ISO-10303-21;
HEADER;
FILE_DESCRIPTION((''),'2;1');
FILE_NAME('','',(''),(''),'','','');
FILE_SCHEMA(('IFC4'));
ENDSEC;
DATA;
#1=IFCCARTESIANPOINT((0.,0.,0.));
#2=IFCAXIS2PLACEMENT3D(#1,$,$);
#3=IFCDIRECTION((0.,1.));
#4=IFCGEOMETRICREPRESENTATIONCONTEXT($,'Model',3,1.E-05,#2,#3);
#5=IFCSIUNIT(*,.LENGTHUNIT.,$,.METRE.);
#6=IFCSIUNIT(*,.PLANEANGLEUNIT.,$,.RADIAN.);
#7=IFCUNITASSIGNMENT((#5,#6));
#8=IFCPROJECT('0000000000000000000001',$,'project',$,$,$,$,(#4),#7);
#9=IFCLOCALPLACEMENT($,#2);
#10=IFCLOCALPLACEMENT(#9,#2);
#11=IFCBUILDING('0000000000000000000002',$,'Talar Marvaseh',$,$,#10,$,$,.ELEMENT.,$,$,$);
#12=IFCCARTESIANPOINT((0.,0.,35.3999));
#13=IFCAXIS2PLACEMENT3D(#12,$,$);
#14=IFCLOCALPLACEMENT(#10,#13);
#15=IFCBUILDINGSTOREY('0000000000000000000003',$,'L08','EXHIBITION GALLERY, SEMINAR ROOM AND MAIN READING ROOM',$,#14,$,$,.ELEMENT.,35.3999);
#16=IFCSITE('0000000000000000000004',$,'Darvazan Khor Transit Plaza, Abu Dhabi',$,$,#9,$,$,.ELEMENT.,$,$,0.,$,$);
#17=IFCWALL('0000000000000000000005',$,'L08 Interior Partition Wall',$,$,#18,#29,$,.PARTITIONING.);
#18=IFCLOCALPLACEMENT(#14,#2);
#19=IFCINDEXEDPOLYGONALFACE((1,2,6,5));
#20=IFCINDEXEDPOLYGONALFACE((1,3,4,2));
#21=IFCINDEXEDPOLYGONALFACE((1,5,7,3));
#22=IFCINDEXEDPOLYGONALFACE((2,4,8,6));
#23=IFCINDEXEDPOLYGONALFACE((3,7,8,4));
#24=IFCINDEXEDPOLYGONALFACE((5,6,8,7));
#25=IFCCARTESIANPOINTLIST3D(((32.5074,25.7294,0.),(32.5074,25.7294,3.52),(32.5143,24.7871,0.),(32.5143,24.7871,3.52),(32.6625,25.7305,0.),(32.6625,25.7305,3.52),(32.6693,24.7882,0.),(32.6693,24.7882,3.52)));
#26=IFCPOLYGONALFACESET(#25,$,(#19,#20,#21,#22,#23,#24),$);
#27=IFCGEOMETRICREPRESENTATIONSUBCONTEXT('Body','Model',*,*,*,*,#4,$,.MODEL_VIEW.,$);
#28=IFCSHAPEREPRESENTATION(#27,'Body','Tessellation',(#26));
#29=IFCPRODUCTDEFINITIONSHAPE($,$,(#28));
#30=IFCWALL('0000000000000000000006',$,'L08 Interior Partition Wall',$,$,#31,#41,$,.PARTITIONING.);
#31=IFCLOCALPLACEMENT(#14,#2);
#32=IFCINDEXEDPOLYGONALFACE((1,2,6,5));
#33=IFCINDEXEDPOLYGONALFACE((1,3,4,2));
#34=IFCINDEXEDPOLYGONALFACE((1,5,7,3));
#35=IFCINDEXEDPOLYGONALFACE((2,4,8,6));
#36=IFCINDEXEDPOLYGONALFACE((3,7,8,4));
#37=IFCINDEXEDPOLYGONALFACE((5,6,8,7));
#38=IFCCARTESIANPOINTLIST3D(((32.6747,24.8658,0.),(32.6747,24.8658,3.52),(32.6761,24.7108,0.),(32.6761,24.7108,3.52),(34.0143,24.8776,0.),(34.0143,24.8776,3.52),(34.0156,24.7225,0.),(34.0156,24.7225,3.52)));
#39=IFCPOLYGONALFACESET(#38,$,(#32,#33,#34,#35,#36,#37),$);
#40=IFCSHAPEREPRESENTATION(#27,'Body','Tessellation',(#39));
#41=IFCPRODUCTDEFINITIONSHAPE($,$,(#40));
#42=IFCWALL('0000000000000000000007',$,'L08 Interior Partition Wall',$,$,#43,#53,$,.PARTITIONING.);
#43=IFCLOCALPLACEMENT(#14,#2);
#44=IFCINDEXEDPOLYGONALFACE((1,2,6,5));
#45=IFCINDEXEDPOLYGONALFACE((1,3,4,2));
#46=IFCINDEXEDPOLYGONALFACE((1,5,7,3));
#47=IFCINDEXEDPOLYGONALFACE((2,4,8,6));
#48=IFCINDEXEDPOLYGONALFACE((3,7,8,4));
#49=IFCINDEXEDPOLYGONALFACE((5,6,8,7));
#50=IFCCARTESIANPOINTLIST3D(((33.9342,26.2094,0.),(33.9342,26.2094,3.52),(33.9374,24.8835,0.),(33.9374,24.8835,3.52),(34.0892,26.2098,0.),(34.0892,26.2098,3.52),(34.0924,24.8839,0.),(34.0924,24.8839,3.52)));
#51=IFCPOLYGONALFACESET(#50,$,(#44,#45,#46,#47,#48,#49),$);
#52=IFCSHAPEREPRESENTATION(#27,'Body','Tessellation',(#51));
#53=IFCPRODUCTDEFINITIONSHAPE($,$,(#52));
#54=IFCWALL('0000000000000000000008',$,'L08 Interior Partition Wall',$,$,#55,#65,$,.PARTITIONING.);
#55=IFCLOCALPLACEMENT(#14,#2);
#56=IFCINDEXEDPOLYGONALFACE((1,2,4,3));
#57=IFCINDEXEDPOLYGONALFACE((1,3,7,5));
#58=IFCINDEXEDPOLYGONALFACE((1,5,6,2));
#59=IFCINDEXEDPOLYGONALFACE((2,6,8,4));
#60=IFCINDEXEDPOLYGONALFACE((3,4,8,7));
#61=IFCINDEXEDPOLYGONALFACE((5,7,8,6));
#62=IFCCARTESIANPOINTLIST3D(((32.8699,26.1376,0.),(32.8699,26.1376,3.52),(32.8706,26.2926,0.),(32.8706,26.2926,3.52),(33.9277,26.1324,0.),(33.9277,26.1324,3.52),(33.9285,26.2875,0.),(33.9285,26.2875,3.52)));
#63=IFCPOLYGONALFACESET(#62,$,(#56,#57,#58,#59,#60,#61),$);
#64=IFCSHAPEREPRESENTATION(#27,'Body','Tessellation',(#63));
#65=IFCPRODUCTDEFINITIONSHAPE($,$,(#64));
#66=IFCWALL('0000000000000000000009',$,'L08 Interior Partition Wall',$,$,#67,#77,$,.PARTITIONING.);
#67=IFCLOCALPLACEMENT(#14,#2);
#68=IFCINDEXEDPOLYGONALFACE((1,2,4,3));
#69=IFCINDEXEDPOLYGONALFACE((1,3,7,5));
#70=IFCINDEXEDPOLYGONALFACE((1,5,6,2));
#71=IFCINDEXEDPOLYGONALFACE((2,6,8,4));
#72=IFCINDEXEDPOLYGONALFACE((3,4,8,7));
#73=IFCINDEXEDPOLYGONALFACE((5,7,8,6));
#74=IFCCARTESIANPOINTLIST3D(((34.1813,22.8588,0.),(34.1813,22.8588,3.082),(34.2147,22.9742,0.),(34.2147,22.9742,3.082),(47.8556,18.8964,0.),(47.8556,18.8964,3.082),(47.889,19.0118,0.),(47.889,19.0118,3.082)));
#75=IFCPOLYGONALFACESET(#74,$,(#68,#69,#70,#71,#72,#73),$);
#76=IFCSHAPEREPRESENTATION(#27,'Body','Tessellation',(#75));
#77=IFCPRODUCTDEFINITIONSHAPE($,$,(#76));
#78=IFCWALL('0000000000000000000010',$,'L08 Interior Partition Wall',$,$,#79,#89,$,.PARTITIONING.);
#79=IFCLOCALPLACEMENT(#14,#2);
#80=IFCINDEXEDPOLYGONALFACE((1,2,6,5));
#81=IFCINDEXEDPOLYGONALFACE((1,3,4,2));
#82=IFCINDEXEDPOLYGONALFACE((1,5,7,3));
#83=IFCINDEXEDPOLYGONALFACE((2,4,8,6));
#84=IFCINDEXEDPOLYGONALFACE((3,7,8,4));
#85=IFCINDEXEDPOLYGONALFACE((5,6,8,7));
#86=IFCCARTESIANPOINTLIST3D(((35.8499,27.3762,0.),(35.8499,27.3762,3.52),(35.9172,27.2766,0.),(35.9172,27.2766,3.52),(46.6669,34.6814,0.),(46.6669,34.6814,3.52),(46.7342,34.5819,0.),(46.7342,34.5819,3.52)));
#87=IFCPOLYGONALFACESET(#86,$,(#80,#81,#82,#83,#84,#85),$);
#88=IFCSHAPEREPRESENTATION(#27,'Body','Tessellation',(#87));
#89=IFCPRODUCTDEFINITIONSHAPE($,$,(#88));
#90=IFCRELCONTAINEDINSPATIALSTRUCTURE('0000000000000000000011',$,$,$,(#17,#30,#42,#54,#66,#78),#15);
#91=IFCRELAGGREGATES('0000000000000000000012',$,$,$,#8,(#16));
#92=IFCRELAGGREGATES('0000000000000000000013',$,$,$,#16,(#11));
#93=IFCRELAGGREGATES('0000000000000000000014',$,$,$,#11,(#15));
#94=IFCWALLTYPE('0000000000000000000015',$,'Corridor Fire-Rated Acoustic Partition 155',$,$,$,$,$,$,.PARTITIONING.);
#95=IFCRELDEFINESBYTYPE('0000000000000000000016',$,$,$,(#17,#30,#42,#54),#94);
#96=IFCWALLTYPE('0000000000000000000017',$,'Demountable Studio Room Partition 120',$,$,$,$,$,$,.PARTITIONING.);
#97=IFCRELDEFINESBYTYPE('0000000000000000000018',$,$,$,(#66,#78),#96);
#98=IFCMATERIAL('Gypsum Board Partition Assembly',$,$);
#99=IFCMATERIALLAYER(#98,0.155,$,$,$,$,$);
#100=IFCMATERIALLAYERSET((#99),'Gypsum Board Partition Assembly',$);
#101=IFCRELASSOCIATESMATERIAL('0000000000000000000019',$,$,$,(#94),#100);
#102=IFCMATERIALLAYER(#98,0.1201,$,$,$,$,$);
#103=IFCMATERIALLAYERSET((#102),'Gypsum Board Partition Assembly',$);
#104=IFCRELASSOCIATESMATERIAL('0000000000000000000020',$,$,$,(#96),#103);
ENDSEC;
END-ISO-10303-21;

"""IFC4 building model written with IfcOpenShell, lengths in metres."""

from ifc_helpers import new_model, si_unit, direction, frame, frame_2d, origin, place, context, subcontext, project, spatial, rectangle, extrude, material, layer, layer_set, type_object, element, save


model = new_model("IFC4")

# Units and contexts
model_context = context("Model", 3, precision=1e-05, world=origin(), true_north=direction((0.0, 1.0)))
body_context = subcontext(model_context, "Body", "Model", "MODEL_VIEW")
ifc_project = project(units=[si_unit("LENGTHUNIT", "METRE"), si_unit("PLANEANGLEUNIT", "RADIAN")], contexts=[model_context])

# Site, building, storey
site_placement = place(None, origin())
site = spatial("IfcSite", under=ifc_project, at=site_placement, Name="Darvazan Khor Transit Plaza, Abu Dhabi", CompositionType="ELEMENT", RefElevation=0.0)
building_placement = place(site_placement, origin())
building = spatial("IfcBuilding", under=site, at=building_placement, Name="Talar Marvaseh", CompositionType="ELEMENT")
storey_placement = place(building_placement, frame((0.0, 0.0, 35.3999)))
storey = spatial("IfcBuildingStorey", under=building, at=storey_placement, Name="L08", Description="EXHIBITION GALLERY, SEMINAR ROOM AND MAIN READING ROOM", CompositionType="ELEMENT", Elevation=35.3999)

# Shared definitions
ifc_material_1 = material(Name="Gypsum Board Partition Assembly")
ifc_layer_1 = layer(ifc_material_1, 0.155)
ifc_layer_set_1 = layer_set([ifc_layer_1], Name="Gypsum Board Partition Assembly")
wall_type_1 = type_object("IfcWallType", Name="Corridor Fire-Rated Acoustic Partition 155", PredefinedType="PARTITIONING", material=ifc_layer_set_1)

# Walls
wall_1_placement = place(storey_placement, frame((32.585, 25.73, 0.0), z_axis=(0.0, 0.0, 1.0), x_axis=(0.007254, -0.999974, 0.0)))
element("IfcWall", 1, at=wall_1_placement, inside=storey, type_object=wall_type_1, Name="L08 Interior Partition Wall", PredefinedType="PARTITIONING", context=body_context, shape_type="SweptSolid", body=[
    extrude(rectangle(XDim=0.9424, YDim=0.155, at=frame_2d((0.4712, 0.0))), origin(), (0.0, 0.0, 1.0), 3.52),
])
wall_2_placement = place(storey_placement, frame((32.6753, 24.7883, 0.0), z_axis=(0.0, 0.0, 1.0), x_axis=(0.999962, 0.008748, 0.0)))
element("IfcWall", 2, at=wall_2_placement, inside=storey, type_object=wall_type_1, Name="L08 Interior Partition Wall", PredefinedType="PARTITIONING", context=body_context, shape_type="SweptSolid", body=[
    extrude(rectangle(XDim=1.3396, YDim=0.155, at=frame_2d((0.6699, 0.0))), origin(), (0.0, 0.0, 1.0), 3.52),
])
wall_3_placement = place(storey_placement, frame((34.0149, 24.8835, 0.0), z_axis=(0.0, 0.0, 1.0), x_axis=(-0.002394, 0.999997, 0.0)))
element("IfcWall", 3, at=wall_3_placement, inside=storey, type_object=wall_type_1, Name="L08 Interior Partition Wall", PredefinedType="PARTITIONING", context=body_context, shape_type="SweptSolid", body=[
    extrude(rectangle(XDim=1.3259, YDim=0.155, at=frame_2d((0.6631, 0.0))), origin(), (0.0, 0.0, 1.0), 3.52),
])
wall_4_placement = place(storey_placement, frame((33.928, 26.21, 0.0), z_axis=(0.0, 0.0, 1.0), x_axis=(-0.999988, 0.004846, 0.0)))
element("IfcWall", 4, at=wall_4_placement, inside=storey, type_object=wall_type_1, Name="L08 Interior Partition Wall", PredefinedType="PARTITIONING", context=body_context, shape_type="SweptSolid", body=[
    extrude(rectangle(XDim=1.0579, YDim=0.155, at=frame_2d((0.5288, 0.0))), origin(), (0.0, 0.0, 1.0), 3.52),
])
ifc_layer_2 = layer(ifc_material_1, 0.1201)
ifc_layer_set_2 = layer_set([ifc_layer_2], Name="Gypsum Board Partition Assembly")
wall_type_2 = type_object("IfcWallType", Name="Demountable Studio Room Partition 120", PredefinedType="PARTITIONING", material=ifc_layer_set_2)
wall_5_placement = place(storey_placement, frame((34.198, 22.9165, 0.0), z_axis=(0.0, 0.0, 1.0), x_axis=(0.960488, -0.27832, 0.0)))
element("IfcWall", 5, at=wall_5_placement, inside=storey, type_object=wall_type_2, Name="L08 Interior Partition Wall", PredefinedType="PARTITIONING", context=body_context, shape_type="SweptSolid", body=[
    extrude(rectangle(XDim=14.2368, YDim=0.1201, at=frame_2d((7.1184, 0.0))), origin(), (0.0, 0.0, 1.0), 3.082),
])
wall_6_placement = place(storey_placement, frame((35.8835, 27.3264, 0.0), z_axis=(0.0, 0.0, 1.0), x_axis=(0.828715, 0.559671, 0.0)))
element("IfcWall", 6, at=wall_6_placement, inside=storey, type_object=wall_type_2, Name="L08 Interior Partition Wall", PredefinedType="PARTITIONING", context=body_context, shape_type="SweptSolid", body=[
    extrude(rectangle(XDim=13.0527, YDim=0.1201, at=frame_2d((6.5264, 0.0))), origin(), (0.0, 0.0, 1.0), 3.52),
])

save(model, "model.ifc")
